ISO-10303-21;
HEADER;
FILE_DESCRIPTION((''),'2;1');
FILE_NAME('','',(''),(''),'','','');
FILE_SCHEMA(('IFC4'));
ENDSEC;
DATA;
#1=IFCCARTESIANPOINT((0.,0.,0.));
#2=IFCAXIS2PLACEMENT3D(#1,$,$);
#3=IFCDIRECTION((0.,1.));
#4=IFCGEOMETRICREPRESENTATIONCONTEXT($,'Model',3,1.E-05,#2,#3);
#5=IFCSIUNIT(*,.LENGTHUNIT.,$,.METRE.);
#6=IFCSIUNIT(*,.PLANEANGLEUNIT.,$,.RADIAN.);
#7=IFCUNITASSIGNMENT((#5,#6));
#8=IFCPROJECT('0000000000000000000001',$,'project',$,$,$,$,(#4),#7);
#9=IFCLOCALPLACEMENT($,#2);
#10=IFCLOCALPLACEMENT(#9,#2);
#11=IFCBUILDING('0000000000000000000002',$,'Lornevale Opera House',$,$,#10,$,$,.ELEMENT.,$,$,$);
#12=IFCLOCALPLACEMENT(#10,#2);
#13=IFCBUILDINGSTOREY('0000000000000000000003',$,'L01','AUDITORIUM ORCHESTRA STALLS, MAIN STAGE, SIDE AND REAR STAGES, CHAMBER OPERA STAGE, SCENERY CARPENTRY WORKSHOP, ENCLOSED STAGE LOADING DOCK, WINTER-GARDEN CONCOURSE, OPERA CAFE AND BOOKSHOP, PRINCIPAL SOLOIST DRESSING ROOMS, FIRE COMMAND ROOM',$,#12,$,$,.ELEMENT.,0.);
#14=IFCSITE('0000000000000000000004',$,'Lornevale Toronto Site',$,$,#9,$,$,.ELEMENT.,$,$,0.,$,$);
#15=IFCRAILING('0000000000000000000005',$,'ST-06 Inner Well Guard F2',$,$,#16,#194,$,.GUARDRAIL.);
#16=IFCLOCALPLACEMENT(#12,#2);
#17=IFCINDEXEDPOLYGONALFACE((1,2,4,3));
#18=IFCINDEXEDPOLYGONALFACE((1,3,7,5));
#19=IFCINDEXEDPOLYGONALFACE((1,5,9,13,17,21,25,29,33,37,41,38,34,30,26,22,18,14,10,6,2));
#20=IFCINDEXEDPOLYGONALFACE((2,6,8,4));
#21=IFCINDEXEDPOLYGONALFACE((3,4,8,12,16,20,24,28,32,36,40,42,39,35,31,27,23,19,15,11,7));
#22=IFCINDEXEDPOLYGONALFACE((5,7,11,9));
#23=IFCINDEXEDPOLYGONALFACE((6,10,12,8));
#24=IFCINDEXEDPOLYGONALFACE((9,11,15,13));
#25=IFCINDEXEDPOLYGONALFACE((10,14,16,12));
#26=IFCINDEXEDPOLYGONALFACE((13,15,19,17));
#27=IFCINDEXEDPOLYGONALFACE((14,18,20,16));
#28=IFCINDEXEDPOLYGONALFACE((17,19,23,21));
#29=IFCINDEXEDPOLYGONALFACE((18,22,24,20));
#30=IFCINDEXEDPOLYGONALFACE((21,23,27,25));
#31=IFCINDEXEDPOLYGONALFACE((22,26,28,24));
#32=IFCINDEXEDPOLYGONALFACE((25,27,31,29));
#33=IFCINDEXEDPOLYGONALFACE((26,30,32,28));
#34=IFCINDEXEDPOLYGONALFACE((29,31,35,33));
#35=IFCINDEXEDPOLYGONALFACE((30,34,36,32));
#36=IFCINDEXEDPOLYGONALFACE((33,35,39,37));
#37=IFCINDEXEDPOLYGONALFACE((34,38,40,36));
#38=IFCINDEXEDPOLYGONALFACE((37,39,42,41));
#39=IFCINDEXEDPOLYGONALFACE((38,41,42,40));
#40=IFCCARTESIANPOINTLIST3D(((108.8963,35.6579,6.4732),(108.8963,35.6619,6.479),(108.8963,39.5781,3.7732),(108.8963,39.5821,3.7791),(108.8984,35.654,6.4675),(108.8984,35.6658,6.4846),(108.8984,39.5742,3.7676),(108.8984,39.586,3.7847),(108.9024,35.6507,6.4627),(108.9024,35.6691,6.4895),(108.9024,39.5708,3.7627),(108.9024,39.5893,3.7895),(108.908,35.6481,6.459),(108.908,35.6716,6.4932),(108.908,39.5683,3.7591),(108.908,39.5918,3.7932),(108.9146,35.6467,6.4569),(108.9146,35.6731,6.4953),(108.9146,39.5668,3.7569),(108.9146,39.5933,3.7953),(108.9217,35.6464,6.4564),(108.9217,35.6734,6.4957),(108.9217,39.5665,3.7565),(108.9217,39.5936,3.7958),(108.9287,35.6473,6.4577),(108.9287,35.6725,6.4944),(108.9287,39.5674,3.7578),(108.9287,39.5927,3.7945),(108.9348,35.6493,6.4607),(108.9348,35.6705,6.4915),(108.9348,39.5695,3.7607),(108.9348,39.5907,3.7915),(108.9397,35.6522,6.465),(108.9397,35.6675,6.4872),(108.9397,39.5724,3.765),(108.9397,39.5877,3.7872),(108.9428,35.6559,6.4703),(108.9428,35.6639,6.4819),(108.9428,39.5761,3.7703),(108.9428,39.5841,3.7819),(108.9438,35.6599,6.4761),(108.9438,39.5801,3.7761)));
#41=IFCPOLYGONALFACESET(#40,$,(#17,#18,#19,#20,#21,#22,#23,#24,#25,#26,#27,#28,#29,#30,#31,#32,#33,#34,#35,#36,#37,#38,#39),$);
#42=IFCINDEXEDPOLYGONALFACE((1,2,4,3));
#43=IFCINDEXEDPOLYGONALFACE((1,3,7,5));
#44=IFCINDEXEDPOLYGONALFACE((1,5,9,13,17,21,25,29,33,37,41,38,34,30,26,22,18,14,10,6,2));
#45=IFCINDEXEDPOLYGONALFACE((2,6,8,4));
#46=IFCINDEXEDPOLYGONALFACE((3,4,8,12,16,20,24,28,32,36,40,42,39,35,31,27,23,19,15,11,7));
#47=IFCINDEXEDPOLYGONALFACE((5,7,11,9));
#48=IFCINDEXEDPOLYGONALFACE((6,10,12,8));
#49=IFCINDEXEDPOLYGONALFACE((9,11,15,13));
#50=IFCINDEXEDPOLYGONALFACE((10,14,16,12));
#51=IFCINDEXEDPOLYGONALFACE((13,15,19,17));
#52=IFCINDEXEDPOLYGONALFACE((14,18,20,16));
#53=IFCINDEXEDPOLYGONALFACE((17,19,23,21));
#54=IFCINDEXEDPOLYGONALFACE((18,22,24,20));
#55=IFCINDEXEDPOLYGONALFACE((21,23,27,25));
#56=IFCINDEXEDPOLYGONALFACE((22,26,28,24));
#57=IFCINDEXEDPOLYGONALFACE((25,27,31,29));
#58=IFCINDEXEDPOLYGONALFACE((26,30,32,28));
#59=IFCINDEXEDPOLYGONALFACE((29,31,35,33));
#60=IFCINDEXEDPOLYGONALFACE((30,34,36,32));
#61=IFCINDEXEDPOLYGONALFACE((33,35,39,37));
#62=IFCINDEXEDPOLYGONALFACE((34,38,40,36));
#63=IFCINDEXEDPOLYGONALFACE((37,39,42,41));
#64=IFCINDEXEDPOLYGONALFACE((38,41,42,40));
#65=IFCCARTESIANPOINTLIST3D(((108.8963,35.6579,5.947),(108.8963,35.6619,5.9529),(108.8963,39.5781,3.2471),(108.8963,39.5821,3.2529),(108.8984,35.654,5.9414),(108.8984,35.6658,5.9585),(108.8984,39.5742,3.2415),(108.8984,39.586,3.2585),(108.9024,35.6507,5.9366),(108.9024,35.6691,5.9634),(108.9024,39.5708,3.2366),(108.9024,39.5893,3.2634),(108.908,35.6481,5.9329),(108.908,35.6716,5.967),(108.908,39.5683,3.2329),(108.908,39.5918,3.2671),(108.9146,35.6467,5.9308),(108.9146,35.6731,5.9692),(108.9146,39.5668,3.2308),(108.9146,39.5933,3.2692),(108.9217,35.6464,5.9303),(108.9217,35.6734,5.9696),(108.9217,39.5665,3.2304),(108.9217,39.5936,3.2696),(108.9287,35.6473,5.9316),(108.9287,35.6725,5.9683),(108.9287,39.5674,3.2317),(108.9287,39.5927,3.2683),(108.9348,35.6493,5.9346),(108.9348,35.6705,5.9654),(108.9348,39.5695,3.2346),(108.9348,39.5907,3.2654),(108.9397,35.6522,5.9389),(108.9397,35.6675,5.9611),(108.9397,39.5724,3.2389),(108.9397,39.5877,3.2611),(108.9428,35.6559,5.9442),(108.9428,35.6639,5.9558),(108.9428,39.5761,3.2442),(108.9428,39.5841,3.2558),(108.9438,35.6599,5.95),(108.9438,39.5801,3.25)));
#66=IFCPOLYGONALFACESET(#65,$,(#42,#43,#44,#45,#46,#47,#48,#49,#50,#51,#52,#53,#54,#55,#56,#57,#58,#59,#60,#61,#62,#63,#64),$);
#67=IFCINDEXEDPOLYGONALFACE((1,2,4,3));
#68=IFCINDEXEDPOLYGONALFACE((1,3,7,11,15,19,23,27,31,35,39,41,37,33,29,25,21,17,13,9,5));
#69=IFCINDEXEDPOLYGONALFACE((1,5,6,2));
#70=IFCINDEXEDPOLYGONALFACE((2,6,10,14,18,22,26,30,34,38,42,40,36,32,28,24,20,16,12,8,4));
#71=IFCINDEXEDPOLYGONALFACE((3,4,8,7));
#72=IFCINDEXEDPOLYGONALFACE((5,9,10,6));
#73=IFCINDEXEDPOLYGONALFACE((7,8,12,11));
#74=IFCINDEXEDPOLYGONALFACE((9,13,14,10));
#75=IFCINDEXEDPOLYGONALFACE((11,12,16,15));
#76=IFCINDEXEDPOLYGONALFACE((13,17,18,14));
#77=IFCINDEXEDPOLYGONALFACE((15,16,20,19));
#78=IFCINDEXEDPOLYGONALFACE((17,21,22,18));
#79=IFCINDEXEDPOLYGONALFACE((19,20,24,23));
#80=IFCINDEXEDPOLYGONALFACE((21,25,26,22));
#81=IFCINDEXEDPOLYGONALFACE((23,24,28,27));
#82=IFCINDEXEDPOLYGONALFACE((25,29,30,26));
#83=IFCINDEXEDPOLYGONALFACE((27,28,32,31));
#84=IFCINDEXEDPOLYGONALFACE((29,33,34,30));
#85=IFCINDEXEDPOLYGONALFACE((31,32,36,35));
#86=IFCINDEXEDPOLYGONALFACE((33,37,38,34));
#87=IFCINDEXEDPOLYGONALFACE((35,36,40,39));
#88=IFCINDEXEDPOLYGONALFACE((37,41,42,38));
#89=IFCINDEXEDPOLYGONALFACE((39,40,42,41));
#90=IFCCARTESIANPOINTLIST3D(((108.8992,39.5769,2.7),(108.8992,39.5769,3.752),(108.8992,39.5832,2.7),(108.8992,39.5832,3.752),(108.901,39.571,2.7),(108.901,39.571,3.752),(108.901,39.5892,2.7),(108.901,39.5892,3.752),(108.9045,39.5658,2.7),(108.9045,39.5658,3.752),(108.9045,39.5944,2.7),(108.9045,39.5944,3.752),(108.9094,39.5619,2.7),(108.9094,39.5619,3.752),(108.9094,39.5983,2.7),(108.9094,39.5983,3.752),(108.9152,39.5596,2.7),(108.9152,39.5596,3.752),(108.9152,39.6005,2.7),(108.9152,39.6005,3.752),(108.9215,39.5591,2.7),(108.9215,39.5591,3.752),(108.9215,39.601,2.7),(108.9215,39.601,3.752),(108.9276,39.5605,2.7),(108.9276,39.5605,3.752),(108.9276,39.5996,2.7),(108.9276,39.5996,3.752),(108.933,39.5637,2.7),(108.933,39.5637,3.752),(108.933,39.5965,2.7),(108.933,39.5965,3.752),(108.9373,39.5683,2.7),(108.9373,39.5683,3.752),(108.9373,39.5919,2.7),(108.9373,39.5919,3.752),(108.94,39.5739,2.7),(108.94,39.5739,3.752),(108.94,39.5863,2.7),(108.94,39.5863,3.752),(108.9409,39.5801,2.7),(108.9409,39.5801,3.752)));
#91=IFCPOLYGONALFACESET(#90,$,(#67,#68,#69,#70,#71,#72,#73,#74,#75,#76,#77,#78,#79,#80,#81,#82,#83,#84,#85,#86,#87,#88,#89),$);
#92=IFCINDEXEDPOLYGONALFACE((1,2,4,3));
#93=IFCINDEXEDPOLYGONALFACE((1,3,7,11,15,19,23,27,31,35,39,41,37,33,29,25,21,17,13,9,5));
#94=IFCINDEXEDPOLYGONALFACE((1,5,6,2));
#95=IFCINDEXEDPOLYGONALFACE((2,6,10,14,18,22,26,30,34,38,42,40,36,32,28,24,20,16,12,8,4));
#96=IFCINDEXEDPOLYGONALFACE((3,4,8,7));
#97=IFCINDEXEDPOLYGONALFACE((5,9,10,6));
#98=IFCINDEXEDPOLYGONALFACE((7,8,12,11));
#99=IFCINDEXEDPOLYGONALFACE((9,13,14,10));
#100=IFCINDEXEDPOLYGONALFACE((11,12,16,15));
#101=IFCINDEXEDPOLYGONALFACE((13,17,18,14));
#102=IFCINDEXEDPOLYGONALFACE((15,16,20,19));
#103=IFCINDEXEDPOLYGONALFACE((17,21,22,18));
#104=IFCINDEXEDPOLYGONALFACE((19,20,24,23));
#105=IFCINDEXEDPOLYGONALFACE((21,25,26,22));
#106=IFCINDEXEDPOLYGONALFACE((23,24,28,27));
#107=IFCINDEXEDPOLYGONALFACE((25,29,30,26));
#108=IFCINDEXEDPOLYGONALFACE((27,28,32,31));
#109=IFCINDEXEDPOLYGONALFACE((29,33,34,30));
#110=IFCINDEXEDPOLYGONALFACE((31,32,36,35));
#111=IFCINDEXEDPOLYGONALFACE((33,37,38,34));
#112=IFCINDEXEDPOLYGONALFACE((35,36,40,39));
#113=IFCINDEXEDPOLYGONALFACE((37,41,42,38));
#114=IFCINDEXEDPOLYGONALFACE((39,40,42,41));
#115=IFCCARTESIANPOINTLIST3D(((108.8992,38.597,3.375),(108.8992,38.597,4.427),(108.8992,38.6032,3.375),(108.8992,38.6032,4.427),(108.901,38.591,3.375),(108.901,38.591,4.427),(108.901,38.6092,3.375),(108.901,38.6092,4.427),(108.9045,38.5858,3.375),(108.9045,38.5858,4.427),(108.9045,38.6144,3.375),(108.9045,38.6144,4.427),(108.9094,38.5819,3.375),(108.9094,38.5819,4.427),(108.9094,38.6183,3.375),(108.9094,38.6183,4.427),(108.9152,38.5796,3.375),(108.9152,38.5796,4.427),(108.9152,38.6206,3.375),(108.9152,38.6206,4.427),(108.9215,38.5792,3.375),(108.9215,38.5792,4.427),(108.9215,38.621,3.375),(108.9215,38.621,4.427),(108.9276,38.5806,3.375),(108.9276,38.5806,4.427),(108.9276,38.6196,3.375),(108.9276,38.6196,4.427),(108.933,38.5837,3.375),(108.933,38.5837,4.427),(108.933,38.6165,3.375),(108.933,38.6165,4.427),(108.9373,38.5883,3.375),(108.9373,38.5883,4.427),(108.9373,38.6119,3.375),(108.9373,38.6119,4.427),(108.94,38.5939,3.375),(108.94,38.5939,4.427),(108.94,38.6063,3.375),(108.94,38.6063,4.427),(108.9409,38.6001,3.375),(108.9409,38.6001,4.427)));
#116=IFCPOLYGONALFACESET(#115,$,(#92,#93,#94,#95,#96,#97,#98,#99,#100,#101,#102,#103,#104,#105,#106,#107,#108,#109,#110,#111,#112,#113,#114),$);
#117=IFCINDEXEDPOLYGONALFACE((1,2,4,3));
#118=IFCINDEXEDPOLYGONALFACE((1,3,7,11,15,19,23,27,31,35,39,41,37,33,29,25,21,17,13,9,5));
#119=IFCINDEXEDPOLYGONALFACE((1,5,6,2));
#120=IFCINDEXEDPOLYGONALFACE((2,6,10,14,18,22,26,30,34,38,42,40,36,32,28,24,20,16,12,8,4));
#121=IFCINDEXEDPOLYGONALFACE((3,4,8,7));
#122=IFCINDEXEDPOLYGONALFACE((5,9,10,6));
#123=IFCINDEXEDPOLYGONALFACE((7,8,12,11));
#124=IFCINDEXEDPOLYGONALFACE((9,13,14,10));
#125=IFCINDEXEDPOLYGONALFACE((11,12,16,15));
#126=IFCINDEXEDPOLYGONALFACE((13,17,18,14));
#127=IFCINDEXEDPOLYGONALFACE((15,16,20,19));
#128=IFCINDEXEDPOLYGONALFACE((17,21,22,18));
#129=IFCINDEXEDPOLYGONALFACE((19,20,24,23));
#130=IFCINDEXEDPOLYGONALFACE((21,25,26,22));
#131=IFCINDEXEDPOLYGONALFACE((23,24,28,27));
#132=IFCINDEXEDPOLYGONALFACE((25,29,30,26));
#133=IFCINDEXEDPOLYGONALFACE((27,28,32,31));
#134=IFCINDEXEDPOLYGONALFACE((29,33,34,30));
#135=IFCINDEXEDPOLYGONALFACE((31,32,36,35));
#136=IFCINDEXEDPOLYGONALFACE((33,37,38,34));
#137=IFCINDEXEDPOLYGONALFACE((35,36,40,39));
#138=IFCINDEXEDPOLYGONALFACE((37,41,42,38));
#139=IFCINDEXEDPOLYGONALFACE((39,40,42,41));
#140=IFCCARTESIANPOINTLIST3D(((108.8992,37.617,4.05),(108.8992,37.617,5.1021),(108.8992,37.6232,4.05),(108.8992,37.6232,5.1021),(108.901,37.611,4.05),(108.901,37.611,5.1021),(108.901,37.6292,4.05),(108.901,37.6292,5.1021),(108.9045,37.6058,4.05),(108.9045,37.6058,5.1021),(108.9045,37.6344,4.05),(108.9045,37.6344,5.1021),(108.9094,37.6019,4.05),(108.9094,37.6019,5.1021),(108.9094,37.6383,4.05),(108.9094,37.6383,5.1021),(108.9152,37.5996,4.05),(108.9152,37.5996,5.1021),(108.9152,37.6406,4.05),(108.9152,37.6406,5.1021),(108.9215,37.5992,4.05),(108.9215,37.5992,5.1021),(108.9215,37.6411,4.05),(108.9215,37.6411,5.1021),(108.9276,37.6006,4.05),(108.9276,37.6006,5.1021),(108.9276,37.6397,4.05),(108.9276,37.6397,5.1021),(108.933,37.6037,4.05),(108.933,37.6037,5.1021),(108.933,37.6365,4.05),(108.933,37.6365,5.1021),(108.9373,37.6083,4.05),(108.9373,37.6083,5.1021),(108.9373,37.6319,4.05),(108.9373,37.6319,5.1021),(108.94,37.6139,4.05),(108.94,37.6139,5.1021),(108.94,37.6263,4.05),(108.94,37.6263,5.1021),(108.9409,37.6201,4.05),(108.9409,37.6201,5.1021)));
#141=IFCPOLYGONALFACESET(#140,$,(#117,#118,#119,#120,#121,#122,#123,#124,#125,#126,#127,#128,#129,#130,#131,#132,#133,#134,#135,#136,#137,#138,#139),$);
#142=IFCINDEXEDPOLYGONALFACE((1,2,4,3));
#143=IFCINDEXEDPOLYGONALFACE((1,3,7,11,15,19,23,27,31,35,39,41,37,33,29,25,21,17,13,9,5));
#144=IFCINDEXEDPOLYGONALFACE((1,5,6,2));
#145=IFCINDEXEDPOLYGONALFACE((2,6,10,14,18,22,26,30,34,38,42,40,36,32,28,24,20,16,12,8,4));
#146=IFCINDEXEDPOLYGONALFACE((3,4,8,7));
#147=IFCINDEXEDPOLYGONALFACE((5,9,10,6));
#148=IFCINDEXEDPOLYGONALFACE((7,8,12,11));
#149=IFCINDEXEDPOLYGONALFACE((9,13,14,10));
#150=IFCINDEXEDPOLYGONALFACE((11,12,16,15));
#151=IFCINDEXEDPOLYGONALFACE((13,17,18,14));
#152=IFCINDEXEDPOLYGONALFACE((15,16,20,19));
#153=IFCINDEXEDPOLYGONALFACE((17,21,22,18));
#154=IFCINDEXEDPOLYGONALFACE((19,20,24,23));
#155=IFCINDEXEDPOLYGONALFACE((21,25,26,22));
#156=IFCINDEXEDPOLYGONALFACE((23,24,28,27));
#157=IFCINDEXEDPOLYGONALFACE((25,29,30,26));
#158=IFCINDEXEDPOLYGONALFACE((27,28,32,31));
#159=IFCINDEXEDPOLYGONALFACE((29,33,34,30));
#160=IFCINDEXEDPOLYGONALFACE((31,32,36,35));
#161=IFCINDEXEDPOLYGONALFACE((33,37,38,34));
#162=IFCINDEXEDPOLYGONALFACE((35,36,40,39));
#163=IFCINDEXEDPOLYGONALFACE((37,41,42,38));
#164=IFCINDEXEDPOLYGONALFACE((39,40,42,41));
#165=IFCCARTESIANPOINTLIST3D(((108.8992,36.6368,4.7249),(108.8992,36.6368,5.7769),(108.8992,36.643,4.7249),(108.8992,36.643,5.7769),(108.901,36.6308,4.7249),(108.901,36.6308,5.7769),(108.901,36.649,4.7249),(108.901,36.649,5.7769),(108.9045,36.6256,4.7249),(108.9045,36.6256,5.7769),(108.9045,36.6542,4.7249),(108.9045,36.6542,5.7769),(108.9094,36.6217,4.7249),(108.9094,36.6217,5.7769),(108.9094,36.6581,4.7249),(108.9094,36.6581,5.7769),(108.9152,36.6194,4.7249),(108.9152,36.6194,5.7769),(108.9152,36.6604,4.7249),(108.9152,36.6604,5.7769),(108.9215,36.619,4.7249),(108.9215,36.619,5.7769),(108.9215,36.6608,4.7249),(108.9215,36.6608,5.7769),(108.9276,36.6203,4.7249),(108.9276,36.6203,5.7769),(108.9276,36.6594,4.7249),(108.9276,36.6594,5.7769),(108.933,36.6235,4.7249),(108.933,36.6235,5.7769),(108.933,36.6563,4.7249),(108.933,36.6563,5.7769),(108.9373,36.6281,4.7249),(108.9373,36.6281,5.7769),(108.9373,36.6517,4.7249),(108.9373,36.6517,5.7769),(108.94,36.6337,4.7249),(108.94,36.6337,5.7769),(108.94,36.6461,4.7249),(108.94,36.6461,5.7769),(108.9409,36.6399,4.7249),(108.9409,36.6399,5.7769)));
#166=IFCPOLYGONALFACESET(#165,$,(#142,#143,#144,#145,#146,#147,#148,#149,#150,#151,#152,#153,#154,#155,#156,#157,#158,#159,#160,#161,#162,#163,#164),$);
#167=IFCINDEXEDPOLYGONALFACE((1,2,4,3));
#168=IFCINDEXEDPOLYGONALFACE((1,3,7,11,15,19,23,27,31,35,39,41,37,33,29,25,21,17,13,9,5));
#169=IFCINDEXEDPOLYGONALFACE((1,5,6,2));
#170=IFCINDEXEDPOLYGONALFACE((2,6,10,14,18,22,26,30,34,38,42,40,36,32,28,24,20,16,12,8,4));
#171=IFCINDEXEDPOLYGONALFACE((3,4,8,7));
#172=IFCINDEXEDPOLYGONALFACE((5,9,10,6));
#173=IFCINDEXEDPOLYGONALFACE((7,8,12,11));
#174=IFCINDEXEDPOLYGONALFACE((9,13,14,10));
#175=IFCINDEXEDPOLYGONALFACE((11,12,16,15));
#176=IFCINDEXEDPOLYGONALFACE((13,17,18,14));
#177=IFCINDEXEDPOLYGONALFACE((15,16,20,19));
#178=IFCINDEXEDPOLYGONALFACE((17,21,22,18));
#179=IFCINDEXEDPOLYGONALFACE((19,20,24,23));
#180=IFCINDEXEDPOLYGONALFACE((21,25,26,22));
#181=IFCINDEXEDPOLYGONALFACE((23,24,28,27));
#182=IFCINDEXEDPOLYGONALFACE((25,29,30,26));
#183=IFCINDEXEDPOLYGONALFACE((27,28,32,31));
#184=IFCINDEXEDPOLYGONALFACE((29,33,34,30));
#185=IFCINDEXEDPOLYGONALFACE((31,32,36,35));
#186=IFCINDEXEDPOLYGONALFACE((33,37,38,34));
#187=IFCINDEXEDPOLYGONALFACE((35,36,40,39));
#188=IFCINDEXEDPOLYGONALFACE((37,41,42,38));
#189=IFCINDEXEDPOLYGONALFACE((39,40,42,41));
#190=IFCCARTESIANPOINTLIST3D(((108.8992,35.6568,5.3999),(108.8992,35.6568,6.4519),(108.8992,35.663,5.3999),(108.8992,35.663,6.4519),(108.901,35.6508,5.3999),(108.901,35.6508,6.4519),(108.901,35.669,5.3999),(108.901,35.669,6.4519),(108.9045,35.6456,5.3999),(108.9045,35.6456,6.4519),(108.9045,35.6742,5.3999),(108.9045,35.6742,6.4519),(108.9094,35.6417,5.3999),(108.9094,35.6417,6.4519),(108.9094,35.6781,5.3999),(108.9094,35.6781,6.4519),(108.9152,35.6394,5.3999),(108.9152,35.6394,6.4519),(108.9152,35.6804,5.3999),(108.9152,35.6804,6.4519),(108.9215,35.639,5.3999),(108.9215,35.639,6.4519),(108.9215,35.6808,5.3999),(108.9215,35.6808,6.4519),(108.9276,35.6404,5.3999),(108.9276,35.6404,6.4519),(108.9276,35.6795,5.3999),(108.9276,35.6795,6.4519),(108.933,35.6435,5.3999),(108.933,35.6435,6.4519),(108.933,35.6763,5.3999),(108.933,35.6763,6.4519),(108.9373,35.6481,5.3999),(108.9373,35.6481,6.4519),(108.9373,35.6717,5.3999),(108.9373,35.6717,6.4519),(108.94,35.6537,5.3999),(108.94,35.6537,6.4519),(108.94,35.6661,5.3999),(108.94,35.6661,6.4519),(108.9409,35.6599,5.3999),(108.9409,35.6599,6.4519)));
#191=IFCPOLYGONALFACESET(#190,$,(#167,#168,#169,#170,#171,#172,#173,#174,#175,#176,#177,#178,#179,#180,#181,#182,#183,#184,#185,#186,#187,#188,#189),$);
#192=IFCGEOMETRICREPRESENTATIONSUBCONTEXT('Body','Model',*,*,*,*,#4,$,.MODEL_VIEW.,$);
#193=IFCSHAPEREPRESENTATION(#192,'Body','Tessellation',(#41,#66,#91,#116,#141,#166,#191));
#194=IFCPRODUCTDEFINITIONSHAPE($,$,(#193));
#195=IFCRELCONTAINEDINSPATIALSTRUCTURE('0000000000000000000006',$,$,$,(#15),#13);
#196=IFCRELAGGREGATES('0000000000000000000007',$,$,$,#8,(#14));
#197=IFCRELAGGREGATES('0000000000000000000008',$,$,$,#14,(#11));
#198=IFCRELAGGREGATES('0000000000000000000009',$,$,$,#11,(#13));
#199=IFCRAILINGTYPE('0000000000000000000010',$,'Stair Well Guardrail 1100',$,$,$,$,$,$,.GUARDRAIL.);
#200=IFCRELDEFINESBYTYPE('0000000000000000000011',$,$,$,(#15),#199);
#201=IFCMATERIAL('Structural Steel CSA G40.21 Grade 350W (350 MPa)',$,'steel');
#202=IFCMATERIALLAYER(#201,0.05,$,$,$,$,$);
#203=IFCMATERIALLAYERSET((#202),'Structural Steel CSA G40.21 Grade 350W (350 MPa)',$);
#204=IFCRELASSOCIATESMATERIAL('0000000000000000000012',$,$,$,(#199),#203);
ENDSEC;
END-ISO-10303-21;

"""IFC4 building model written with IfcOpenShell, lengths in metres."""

from ifc_helpers import new_model, si_unit, direction, frame, origin, origin_2d, place, context, subcontext, project, spatial, circle, extrude, material, layer, layer_set, type_object, element, save


model = new_model("IFC4")

# Units and contexts
model_context = context("Model", 3, precision=1e-05, world=origin(), true_north=direction((0.0, 1.0)))
body_context = subcontext(model_context, "Body", "Model", "MODEL_VIEW")
ifc_project = project(units=[si_unit("LENGTHUNIT", "METRE"), si_unit("PLANEANGLEUNIT", "RADIAN")], contexts=[model_context])

# Site, building, storey
site_placement = place(None, origin())
site = spatial("IfcSite", under=ifc_project, at=site_placement, Name="Lornevale Toronto Site", CompositionType="ELEMENT", RefElevation=0.0)
building_placement = place(site_placement, origin())
building = spatial("IfcBuilding", under=site, at=building_placement, Name="Lornevale Opera House", CompositionType="ELEMENT")
storey_placement = place(building_placement, origin())
storey = spatial("IfcBuildingStorey", under=building, at=storey_placement, Name="L01", Description="AUDITORIUM ORCHESTRA STALLS, MAIN STAGE, SIDE AND REAR STAGES, CHAMBER OPERA STAGE, SCENERY CARPENTRY WORKSHOP, ENCLOSED STAGE LOADING DOCK, WINTER-GARDEN CONCOURSE, OPERA CAFE AND BOOKSHOP, PRINCIPAL SOLOIST DRESSING ROOMS, FIRE COMMAND ROOM", CompositionType="ELEMENT", Elevation=0.0)

# Railing
ifc_material_1 = material(Name="Structural Steel CSA G40.21 Grade 350W (350 MPa)", Category="steel")
ifc_layer_1 = layer(ifc_material_1, 0.05)
ifc_layer_set_1 = layer_set([ifc_layer_1], Name="Structural Steel CSA G40.21 Grade 350W (350 MPa)")
railing_type_1 = type_object("IfcRailingType", Name="Stair Well Guardrail 1100", PredefinedType="GUARDRAIL", material=ifc_layer_set_1)
railing_1_placement = place(storey_placement, frame((108.9199, 39.5801, 2.7)))
element("IfcRailing", 1, at=railing_1_placement, inside=storey, type_object=railing_type_1, Name="ST-06 Inner Well Guard F2", PredefinedType="GUARDRAIL", context=body_context, shape_type="SweptSolid", body=[
    extrude(circle(Radius=0.0239, at=origin_2d()), frame((0.0, 0.0, 1.0762), z_axis=(0.0, -0.823567, 0.567219), x_axis=(1.0, 0.0, 0.0)), (0.0, 0.0, 1.0), 4.76),
    extrude(circle(Radius=0.0239, at=origin_2d()), frame((0.0, 0.0, 0.55), z_axis=(0.0, -0.823567, 0.567219), x_axis=(1.0, 0.0, 0.0)), (0.0, 0.0, 1.0), 4.76),
    extrude(circle(Radius=0.021, at=origin_2d()), origin(), (0.0, 0.0, 1.0), 1.052),
    extrude(circle(Radius=0.021, at=origin_2d()), frame((0.0, -0.98, 0.675)), (0.0, 0.0, 1.0), 1.052),
    extrude(circle(Radius=0.021, at=origin_2d()), frame((0.0, -1.96, 1.3501)), (0.0, 0.0, 1.0), 1.052),
    extrude(circle(Radius=0.021, at=origin_2d()), frame((0.0, -2.9402, 2.0249)), (0.0, 0.0, 1.0), 1.052),
    extrude(circle(Radius=0.021, at=origin_2d()), frame((0.0, -3.9202, 2.7)), (0.0, 0.0, 1.0), 1.052),
])

save(model, "model.ifc")
